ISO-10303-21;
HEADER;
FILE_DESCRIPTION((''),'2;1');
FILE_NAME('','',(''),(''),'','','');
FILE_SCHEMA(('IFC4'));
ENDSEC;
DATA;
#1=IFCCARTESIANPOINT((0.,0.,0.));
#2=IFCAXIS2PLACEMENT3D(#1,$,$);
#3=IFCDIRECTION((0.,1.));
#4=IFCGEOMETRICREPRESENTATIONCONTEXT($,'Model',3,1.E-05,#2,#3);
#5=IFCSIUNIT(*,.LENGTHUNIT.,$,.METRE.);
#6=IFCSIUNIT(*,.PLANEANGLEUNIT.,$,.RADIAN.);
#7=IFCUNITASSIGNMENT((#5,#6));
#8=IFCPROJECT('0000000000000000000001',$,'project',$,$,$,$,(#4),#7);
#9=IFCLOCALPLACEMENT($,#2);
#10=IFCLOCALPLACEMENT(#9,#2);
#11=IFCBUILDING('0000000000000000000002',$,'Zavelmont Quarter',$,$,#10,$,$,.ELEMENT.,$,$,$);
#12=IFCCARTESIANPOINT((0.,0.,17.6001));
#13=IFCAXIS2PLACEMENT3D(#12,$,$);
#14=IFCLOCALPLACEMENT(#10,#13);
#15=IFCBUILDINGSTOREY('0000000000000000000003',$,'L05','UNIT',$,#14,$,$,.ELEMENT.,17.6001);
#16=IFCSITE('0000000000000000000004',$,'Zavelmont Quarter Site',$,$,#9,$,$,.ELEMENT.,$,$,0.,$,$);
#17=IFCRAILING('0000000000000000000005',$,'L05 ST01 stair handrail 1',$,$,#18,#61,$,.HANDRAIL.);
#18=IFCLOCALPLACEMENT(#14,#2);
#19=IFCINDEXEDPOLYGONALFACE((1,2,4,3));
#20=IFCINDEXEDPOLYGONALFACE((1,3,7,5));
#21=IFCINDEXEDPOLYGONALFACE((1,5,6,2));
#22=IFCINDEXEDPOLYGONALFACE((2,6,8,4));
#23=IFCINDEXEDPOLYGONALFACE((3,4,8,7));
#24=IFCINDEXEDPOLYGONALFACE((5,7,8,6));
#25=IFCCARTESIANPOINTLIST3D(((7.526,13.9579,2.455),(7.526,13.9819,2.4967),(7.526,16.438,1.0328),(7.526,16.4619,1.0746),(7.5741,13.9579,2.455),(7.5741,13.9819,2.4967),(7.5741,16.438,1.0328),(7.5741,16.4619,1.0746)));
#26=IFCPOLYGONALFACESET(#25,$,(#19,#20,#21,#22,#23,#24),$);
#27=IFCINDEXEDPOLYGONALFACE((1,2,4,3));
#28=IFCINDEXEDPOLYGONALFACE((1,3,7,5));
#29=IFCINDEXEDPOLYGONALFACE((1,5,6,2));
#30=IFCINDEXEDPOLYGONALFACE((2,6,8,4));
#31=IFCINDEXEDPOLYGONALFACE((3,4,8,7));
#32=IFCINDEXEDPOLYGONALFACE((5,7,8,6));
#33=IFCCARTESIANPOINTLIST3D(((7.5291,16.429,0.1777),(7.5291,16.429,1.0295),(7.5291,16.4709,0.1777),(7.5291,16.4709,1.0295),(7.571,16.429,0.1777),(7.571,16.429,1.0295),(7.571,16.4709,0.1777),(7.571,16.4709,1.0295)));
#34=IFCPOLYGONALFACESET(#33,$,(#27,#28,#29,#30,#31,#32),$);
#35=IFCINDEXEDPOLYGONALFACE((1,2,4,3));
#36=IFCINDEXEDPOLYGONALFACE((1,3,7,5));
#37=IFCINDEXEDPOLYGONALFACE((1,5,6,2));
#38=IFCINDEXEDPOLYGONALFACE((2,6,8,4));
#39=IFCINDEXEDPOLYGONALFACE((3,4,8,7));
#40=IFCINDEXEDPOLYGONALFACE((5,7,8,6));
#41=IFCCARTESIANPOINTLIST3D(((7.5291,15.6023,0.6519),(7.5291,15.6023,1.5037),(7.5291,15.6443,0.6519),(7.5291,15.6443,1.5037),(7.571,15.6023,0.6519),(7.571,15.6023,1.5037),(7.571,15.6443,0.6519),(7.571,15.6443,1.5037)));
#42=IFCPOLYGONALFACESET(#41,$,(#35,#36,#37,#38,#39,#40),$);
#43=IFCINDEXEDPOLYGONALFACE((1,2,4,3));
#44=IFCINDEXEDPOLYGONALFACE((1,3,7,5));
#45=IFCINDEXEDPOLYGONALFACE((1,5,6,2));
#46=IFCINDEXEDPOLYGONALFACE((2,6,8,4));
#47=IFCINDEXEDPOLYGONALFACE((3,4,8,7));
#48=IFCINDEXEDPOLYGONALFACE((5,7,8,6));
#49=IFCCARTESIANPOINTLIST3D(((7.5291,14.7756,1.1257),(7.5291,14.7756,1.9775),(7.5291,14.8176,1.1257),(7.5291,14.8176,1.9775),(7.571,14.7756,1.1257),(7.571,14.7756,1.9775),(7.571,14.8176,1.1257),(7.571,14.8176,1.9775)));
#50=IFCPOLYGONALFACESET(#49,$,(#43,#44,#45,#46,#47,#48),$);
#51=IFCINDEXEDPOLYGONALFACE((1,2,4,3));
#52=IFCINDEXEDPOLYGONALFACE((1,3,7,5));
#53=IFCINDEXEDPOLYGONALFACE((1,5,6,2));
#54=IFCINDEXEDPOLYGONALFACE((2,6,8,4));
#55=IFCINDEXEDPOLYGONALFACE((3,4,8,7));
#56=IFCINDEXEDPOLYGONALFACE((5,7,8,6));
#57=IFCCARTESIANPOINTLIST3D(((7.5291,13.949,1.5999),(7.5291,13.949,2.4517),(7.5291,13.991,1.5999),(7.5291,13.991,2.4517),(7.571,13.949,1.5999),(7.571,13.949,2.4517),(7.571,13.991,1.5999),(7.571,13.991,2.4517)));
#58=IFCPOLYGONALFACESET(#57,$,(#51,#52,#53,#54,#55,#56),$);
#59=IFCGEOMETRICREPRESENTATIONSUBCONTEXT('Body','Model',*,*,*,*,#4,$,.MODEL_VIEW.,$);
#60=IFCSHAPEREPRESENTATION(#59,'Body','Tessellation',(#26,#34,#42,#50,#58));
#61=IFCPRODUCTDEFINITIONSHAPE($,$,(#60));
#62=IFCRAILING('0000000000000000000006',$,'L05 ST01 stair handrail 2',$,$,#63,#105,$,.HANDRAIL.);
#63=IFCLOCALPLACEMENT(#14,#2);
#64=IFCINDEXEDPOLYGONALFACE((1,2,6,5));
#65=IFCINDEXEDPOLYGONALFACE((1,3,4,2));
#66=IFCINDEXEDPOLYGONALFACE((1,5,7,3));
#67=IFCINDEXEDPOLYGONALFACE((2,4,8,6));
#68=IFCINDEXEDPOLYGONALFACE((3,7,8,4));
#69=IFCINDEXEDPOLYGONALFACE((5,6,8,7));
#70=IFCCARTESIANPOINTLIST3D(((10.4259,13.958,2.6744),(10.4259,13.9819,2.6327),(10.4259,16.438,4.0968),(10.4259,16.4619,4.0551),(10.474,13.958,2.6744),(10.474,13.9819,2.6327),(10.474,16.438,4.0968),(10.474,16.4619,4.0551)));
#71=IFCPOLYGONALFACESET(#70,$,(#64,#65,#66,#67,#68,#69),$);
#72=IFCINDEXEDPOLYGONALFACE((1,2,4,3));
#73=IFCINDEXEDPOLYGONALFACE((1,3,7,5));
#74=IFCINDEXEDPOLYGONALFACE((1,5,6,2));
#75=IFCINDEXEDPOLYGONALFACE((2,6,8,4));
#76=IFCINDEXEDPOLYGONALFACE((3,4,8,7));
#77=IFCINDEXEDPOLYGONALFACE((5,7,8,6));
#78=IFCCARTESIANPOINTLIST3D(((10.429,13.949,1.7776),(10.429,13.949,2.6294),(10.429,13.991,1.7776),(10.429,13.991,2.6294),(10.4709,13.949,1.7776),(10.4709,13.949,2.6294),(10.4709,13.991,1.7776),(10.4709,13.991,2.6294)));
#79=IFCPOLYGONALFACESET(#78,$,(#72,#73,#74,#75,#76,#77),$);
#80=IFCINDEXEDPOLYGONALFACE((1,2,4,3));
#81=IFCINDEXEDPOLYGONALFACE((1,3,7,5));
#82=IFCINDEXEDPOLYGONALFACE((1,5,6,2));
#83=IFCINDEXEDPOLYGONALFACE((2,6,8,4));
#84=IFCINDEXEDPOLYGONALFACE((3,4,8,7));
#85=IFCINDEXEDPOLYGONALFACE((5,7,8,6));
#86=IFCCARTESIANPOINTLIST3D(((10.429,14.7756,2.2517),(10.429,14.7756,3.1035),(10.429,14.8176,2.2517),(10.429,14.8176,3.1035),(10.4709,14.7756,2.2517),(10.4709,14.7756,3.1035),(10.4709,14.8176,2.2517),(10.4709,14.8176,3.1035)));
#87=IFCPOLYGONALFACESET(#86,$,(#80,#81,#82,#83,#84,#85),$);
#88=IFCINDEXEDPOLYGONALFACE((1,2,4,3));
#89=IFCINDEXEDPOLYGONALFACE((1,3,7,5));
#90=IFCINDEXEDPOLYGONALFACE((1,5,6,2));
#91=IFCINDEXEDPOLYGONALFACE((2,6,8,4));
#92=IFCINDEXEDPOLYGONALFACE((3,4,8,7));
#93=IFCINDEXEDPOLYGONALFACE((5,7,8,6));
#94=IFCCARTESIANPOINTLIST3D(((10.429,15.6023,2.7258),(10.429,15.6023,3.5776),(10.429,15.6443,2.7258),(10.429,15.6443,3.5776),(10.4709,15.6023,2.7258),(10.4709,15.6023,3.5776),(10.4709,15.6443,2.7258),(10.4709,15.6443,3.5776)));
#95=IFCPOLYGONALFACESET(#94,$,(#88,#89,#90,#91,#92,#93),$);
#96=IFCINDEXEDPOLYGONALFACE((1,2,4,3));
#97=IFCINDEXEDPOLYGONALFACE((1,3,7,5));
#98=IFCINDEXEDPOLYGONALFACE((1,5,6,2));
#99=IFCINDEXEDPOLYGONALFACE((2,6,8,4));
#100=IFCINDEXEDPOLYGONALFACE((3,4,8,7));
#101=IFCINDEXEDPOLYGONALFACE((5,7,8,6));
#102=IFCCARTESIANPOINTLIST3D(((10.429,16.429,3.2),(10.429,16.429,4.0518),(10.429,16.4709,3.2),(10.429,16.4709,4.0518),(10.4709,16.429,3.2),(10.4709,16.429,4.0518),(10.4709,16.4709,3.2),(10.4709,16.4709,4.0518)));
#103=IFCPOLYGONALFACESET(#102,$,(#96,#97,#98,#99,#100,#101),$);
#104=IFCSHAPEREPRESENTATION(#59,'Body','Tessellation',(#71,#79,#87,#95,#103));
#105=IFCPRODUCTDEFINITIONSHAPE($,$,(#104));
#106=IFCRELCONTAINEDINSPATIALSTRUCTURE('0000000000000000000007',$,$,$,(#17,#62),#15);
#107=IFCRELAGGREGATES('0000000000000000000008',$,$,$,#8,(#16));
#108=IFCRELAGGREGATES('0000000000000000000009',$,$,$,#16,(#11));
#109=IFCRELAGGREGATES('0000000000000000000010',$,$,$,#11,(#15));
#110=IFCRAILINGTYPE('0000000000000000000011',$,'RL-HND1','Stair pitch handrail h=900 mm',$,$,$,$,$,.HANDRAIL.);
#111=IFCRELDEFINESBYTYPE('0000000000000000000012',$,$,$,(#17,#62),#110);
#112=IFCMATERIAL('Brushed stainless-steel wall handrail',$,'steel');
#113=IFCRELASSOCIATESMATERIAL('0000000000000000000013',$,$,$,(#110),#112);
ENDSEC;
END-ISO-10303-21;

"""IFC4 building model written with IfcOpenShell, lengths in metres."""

from ifc_helpers import new_model, si_unit, direction, frame, origin, origin_2d, place, context, subcontext, project, spatial, rectangle, extrude, material, type_object, element, save


model = new_model("IFC4")

# Units and contexts
model_context = context("Model", 3, precision=1e-05, world=origin(), true_north=direction((0.0, 1.0)))
body_context = subcontext(model_context, "Body", "Model", "MODEL_VIEW")
ifc_project = project(units=[si_unit("LENGTHUNIT", "METRE"), si_unit("PLANEANGLEUNIT", "RADIAN")], contexts=[model_context])

# Site, building, storey
site_placement = place(None, origin())
site = spatial("IfcSite", under=ifc_project, at=site_placement, Name="Zavelmont Quarter Site", CompositionType="ELEMENT", RefElevation=0.0)
building_placement = place(site_placement, origin())
building = spatial("IfcBuilding", under=site, at=building_placement, Name="Zavelmont Quarter", CompositionType="ELEMENT")
storey_placement = place(building_placement, frame((0.0, 0.0, 17.6001)))
storey = spatial("IfcBuildingStorey", under=building, at=storey_placement, Name="L05", Description="UNIT", CompositionType="ELEMENT", Elevation=17.6001)

# Railings
ifc_material_1 = material(Name="Brushed stainless-steel wall handrail", Category="steel")
railing_type_1 = type_object("IfcRailingType", Name="RL-HND1", Description="Stair pitch handrail h=900 mm", PredefinedType="HANDRAIL", material=ifc_material_1)
railing_1_placement = place(storey_placement, frame((7.55, 16.45, 0.1777)))
element("IfcRailing", 1, at=railing_1_placement, inside=storey, type_object=railing_type_1, Name="L05 ST01 stair handrail 1", PredefinedType="HANDRAIL", context=body_context, shape_type="SweptSolid", body=[
    extrude(rectangle(XDim=0.0481, YDim=0.0481, at=origin_2d()), frame((0.0, 0.0, 0.876), z_axis=(0.0, -0.867491, 0.497454), x_axis=(1.0, 0.0, 0.0)), (0.0, 0.0, 1.0), 2.8589),
    extrude(rectangle(XDim=0.042, YDim=0.042, at=origin_2d()), origin(), (0.0, 0.0, 1.0), 0.8518),
    extrude(rectangle(XDim=0.042, YDim=0.042, at=origin_2d()), frame((0.0, -0.8267, 0.4741)), (0.0, 0.0, 1.0), 0.8518),
    extrude(rectangle(XDim=0.042, YDim=0.042, at=origin_2d()), frame((0.0, -1.6533, 0.948)), (0.0, 0.0, 1.0), 0.8518),
    extrude(rectangle(XDim=0.042, YDim=0.042, at=origin_2d()), frame((0.0, -2.48, 1.4221)), (0.0, 0.0, 1.0), 0.8518),
])
railing_2_placement = place(storey_placement, frame((10.45, 13.97, 1.7776)))
element("IfcRailing", 2, at=railing_2_placement, inside=storey, type_object=railing_type_1, Name="L05 ST01 stair handrail 2", PredefinedType="HANDRAIL", context=body_context, shape_type="SweptSolid", body=[
    extrude(rectangle(XDim=0.0481, YDim=0.0481, at=origin_2d()), frame((0.0, 0.0, 0.876), z_axis=(0.0, 0.867454, 0.497518), x_axis=(-1.0, 0.0, 0.0)), (0.0, 0.0, 1.0), 2.8589),
    extrude(rectangle(XDim=0.042, YDim=0.042, at=origin_2d()), origin(), (0.0, 0.0, 1.0), 0.8518),
    extrude(rectangle(XDim=0.042, YDim=0.042, at=origin_2d()), frame((0.0, 0.8267, 0.4741)), (0.0, 0.0, 1.0), 0.8518),
    extrude(rectangle(XDim=0.042, YDim=0.042, at=origin_2d()), frame((0.0, 1.6533, 0.9482)), (0.0, 0.0, 1.0), 0.8518),
    extrude(rectangle(XDim=0.042, YDim=0.042, at=origin_2d()), frame((0.0, 2.48, 1.4224)), (0.0, 0.0, 1.0), 0.8518),
])

save(model, "model.ifc")
